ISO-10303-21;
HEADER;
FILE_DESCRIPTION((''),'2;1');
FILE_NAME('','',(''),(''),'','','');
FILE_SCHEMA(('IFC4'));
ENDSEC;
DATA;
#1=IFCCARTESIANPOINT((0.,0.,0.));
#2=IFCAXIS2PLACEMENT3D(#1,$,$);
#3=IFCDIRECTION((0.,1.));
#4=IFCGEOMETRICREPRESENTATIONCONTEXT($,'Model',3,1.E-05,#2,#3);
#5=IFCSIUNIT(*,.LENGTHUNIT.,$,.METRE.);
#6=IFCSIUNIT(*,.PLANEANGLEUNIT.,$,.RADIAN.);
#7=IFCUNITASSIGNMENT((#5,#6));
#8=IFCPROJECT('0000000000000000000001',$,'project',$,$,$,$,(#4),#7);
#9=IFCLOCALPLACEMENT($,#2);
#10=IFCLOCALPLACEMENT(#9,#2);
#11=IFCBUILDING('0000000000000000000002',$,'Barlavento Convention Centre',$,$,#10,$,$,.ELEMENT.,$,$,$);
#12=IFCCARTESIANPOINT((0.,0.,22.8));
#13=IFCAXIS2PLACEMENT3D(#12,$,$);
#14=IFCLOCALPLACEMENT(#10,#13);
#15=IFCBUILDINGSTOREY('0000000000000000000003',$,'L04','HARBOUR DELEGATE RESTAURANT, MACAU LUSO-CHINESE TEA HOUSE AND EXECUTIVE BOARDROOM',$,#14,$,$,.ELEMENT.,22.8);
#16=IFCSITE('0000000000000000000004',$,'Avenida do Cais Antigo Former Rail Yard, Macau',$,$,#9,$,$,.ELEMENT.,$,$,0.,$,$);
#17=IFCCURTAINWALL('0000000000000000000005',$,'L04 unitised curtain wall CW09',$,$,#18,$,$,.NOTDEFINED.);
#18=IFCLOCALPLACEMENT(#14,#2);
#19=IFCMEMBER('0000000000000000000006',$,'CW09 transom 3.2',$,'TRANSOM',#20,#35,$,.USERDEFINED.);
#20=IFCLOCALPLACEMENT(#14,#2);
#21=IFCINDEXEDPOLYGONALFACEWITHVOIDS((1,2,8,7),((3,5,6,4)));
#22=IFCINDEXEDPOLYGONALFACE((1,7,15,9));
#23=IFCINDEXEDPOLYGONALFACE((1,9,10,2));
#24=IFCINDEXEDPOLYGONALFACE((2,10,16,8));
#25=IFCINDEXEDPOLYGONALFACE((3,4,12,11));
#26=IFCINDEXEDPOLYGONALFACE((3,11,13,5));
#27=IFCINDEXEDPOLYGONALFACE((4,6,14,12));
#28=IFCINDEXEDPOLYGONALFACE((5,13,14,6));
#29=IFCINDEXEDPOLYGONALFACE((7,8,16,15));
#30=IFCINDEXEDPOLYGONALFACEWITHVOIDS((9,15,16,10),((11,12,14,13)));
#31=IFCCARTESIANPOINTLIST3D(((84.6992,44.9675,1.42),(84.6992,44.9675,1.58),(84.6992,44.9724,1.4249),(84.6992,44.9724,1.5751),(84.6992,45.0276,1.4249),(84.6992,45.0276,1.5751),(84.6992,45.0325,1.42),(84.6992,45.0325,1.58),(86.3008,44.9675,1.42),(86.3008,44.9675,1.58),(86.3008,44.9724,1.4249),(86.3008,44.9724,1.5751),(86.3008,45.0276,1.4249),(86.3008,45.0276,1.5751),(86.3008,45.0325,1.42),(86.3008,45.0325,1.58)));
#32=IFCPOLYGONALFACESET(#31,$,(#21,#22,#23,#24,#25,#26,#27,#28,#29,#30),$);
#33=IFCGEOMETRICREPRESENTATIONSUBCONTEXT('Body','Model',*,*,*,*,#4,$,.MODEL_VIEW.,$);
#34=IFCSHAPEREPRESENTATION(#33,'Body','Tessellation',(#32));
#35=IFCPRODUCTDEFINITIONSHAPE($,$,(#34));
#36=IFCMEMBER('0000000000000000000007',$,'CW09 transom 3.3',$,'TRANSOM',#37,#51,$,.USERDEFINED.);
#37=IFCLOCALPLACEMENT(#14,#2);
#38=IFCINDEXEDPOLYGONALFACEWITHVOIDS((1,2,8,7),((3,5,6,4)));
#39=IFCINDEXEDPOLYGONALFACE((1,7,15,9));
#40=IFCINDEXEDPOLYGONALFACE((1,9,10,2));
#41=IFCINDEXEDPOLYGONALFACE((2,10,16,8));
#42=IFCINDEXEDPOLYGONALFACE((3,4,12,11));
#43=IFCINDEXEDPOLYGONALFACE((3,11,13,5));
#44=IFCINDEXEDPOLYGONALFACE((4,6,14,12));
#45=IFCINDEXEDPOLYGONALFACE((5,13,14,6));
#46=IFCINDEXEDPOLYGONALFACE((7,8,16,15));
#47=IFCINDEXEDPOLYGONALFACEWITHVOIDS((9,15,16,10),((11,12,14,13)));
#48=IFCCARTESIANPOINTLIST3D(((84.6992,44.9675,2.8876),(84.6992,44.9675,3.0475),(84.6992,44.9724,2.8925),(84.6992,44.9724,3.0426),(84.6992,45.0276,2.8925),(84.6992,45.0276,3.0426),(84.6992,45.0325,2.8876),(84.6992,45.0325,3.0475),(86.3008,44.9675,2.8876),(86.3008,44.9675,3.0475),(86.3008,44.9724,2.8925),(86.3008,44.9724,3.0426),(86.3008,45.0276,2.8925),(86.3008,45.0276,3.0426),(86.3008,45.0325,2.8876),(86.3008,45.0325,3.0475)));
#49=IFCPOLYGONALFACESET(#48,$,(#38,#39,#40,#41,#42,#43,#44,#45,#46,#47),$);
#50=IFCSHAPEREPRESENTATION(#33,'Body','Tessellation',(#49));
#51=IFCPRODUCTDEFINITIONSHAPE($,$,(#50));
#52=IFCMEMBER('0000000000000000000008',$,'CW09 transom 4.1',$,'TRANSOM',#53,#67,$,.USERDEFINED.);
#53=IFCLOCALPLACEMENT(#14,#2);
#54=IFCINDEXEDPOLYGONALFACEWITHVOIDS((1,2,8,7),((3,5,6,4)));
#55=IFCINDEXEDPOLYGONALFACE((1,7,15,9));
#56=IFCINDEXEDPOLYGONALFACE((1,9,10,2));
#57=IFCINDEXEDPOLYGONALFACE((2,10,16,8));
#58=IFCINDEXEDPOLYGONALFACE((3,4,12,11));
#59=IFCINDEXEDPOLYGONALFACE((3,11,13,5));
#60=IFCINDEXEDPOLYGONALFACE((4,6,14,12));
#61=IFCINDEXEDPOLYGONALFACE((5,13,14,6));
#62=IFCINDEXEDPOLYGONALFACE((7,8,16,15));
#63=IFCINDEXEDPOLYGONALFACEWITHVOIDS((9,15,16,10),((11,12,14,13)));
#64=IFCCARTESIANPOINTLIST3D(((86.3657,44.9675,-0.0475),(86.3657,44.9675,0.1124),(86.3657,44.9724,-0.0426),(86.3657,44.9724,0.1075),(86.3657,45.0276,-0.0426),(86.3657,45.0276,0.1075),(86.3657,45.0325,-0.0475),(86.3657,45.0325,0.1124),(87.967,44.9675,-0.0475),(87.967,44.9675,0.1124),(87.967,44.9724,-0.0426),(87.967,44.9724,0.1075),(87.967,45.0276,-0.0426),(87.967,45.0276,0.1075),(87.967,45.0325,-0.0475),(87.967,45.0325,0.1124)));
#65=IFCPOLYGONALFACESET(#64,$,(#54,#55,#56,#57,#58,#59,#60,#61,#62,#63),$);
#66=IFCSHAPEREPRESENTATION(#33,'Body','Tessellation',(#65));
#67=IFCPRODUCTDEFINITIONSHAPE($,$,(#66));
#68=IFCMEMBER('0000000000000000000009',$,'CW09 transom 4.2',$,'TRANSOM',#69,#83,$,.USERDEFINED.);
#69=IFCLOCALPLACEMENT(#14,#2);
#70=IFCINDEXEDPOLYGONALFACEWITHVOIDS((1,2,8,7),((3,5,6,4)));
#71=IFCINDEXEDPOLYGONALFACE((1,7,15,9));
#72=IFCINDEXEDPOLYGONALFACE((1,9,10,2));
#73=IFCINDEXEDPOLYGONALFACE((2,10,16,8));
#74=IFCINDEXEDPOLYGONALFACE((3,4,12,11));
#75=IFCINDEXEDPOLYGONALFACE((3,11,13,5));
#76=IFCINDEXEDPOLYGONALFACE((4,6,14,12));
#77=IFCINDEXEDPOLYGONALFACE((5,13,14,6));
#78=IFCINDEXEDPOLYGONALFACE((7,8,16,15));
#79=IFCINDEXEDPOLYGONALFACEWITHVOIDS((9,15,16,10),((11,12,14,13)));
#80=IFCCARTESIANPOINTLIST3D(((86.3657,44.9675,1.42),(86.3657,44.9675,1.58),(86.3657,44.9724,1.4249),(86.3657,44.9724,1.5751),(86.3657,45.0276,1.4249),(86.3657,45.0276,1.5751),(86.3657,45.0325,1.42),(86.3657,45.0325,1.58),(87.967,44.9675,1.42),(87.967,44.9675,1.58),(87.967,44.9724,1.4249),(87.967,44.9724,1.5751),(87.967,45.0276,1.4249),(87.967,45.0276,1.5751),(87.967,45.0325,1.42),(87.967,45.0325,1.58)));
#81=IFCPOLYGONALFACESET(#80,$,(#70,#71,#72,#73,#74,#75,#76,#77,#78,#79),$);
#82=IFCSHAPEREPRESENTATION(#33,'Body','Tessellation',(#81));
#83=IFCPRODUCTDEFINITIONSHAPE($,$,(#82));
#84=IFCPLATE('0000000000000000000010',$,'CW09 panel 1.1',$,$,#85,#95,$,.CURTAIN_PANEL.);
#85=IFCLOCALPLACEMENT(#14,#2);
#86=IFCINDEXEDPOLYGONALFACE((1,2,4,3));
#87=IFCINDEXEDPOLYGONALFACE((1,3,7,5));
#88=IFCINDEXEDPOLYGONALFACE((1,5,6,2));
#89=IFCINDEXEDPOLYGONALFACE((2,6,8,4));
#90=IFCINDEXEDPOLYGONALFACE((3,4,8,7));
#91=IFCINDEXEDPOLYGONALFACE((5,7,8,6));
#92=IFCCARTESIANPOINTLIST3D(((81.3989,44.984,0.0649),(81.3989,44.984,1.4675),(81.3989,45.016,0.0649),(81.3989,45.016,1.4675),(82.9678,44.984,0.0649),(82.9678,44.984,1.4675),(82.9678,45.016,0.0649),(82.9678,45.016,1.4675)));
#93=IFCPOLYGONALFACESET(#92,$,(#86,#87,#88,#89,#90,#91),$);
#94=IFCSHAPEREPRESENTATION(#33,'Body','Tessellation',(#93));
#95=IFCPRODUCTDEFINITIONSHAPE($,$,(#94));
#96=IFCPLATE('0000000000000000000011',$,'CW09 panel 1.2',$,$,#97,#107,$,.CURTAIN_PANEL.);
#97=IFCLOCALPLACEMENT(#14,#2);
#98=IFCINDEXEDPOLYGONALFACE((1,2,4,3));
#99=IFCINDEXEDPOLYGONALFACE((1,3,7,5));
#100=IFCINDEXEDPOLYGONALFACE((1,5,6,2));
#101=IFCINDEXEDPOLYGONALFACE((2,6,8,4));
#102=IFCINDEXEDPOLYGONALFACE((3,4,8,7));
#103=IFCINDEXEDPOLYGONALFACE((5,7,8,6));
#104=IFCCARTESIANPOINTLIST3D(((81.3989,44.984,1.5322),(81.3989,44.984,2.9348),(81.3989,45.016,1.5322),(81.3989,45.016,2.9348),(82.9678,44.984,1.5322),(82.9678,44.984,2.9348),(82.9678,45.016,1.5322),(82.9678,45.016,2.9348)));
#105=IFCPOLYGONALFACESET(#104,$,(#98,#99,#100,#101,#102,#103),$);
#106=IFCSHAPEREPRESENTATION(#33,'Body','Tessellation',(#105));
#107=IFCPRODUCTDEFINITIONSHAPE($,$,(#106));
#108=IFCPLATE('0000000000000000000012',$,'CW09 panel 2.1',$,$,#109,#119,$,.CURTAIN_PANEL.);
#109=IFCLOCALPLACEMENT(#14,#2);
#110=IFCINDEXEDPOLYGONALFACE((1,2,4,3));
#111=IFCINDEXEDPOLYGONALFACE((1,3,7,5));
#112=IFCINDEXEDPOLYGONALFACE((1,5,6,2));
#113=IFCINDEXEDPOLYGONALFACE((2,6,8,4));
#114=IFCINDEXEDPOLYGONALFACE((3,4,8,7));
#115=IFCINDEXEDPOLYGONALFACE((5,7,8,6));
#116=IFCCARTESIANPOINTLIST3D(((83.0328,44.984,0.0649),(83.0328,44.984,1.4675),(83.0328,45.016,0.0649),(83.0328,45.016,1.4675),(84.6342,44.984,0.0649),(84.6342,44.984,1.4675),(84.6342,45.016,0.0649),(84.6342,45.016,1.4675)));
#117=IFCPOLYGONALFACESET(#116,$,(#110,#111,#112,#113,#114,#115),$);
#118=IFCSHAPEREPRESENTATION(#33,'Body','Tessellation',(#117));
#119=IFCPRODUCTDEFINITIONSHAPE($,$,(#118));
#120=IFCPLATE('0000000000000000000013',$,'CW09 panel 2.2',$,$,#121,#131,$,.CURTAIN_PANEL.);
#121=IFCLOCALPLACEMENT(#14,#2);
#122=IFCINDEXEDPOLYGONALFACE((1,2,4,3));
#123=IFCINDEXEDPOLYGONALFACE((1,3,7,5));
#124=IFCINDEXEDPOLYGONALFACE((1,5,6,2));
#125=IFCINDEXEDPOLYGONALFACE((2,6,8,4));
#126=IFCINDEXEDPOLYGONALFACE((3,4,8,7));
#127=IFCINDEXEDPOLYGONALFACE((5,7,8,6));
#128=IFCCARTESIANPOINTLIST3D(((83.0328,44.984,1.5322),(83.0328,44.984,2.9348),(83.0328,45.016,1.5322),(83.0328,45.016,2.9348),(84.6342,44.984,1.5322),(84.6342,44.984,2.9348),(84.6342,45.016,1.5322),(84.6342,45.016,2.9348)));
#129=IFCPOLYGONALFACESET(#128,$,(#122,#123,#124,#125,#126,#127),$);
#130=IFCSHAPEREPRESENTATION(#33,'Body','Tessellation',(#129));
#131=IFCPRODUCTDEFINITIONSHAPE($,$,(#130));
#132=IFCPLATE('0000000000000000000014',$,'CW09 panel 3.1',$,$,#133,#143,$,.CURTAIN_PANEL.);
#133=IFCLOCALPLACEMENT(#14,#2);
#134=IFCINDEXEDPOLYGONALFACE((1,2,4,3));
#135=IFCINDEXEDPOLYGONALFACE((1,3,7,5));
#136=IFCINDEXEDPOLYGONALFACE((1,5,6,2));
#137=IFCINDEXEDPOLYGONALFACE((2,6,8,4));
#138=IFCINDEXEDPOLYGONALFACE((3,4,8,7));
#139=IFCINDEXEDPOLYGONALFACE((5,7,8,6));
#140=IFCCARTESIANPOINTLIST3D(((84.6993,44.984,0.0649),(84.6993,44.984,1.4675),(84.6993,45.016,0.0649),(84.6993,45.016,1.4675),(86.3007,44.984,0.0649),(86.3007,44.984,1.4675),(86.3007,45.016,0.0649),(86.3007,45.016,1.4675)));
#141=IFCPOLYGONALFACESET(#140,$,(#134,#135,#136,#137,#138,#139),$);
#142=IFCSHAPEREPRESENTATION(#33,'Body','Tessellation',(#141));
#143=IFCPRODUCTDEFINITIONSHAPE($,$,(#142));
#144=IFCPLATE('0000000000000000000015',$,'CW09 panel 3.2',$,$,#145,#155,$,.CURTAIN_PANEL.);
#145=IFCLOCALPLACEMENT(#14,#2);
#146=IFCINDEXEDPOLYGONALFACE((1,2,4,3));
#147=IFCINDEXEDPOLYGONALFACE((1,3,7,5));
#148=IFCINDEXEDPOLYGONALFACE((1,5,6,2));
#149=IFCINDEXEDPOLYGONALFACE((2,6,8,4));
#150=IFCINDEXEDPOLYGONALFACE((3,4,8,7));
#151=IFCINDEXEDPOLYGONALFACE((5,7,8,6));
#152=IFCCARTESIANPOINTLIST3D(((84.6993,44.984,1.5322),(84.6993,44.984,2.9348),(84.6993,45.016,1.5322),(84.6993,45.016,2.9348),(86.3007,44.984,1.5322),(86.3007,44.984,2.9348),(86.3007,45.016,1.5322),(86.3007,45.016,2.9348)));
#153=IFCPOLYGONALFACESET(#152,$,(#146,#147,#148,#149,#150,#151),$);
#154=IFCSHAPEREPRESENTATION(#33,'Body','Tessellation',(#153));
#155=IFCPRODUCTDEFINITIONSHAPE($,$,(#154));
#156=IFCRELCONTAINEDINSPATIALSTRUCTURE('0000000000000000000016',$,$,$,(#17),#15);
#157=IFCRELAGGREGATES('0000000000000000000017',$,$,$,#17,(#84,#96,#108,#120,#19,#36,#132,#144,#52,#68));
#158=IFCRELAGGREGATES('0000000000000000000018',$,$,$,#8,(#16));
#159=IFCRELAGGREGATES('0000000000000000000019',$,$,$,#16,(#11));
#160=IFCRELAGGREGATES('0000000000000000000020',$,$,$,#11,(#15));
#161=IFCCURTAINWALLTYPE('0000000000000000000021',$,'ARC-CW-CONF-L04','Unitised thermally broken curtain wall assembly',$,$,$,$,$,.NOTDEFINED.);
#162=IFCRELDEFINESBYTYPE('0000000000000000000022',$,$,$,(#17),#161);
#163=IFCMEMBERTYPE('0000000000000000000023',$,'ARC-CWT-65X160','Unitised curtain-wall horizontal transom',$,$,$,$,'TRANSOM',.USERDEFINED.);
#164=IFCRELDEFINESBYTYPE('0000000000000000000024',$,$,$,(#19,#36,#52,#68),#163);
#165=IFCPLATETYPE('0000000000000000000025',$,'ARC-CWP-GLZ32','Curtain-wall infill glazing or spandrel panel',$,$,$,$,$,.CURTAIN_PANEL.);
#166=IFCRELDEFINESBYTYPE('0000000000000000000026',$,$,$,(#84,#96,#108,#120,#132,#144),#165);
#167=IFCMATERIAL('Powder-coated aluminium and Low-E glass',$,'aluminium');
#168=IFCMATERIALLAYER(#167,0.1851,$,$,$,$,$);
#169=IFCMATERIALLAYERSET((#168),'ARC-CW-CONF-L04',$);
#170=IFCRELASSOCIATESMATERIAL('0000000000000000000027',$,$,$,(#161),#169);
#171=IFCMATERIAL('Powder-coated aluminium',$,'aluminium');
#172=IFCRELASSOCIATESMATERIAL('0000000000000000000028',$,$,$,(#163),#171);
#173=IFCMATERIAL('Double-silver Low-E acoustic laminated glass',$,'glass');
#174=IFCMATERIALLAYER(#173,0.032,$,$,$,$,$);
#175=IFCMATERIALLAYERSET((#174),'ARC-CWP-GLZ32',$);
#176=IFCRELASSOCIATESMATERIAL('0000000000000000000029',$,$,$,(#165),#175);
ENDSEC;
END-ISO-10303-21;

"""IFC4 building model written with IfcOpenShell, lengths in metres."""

from ifc_helpers import new_model, si_unit, direction, frame, origin, origin_2d, place, context, subcontext, project, spatial, rectangle, hollow_rectangle, extrude, material, layer, layer_set, material_profile, profile_set, type_object, element, aggregate, save


model = new_model("IFC4")

# Units and contexts
model_context = context("Model", 3, precision=1e-05, world=origin(), true_north=direction((0.0, 1.0)))
body_context = subcontext(model_context, "Body", "Model", "MODEL_VIEW")
ifc_project = project(units=[si_unit("LENGTHUNIT", "METRE"), si_unit("PLANEANGLEUNIT", "RADIAN")], contexts=[model_context])

# Site, building, storey
site_placement = place(None, origin())
site = spatial("IfcSite", under=ifc_project, at=site_placement, Name="Avenida do Cais Antigo Former Rail Yard, Macau", CompositionType="ELEMENT", RefElevation=0.0)
building_placement = place(site_placement, origin())
building = spatial("IfcBuilding", under=site, at=building_placement, Name="Barlavento Convention Centre", CompositionType="ELEMENT")
storey_placement = place(building_placement, frame((0.0, 0.0, 22.8)))
storey = spatial("IfcBuildingStorey", under=building, at=storey_placement, Name="L04", Description="HARBOUR DELEGATE RESTAURANT, MACAU LUSO-CHINESE TEA HOUSE AND EXECUTIVE BOARDROOM", CompositionType="ELEMENT", Elevation=22.8)

# Curtain wall, members, plates
ifc_material_1 = material(Name="Powder-coated aluminium and Low-E glass", Category="aluminium")
ifc_layer_1 = layer(ifc_material_1, 0.1851)
ifc_layer_set_1 = layer_set([ifc_layer_1], Name="ARC-CW-CONF-L04")
curtain_wall_type = type_object("IfcCurtainWallType", Name="ARC-CW-CONF-L04", Description="Unitised thermally broken curtain wall assembly", PredefinedType="NOTDEFINED", material=ifc_layer_set_1)
curtain_wall_placement = place(storey_placement, origin())
curtain_wall = element("IfcCurtainWall", 1, at=curtain_wall_placement, inside=storey, type_object=curtain_wall_type, Name="L04 unitised curtain wall CW09", PredefinedType="NOTDEFINED")
ifc_material_2 = material(Name="Powder-coated aluminium", Category="aluminium")
ifc_material_profile_1 = material_profile(ifc_material_2, hollow_rectangle(XDim=0.0649, YDim=0.1599, WallThickness=0.0049, at=origin_2d()), Name="AL-TRAN 65x160x5")
ifc_profile_set_1 = profile_set([ifc_material_profile_1], Name="Powder-coated aluminium")
member_type_1 = type_object("IfcMemberType", Name="ARC-CWT-65X160", Description="Unitised curtain-wall horizontal transom", ElementType="TRANSOM", PredefinedType="USERDEFINED", material=ifc_profile_set_1)
member_1_placement = place(storey_placement, frame((84.6992, 45.0, 1.5), z_axis=(1.0, 0.0, 0.0), x_axis=(0.0, 1.0, 0.0)))
member_1 = element("IfcMember", 2, at=member_1_placement, type_object=member_type_1, Name="CW09 transom 3.2", ObjectType="TRANSOM", PredefinedType="USERDEFINED", context=body_context, shape_type="SweptSolid", body=[
    extrude(hollow_rectangle(XDim=0.0649, YDim=0.1599, WallThickness=0.0049, at=origin_2d()), origin(), (0.0, 0.0, 1.0), 1.6016),
])
member_2_placement = place(storey_placement, frame((84.6992, 45.0, 2.9675), z_axis=(1.0, 0.0, 0.0), x_axis=(0.0, 1.0, 0.0)))
member_2 = element("IfcMember", 3, at=member_2_placement, type_object=member_type_1, Name="CW09 transom 3.3", ObjectType="TRANSOM", PredefinedType="USERDEFINED", context=body_context, shape_type="SweptSolid", body=[
    extrude(hollow_rectangle(XDim=0.0649, YDim=0.1599, WallThickness=0.0049, at=origin_2d()), origin(), (0.0, 0.0, 1.0), 1.6016),
])
member_3_placement = place(storey_placement, frame((86.3657, 45.0, 0.0325), z_axis=(1.0, 0.0, 0.0), x_axis=(0.0, 1.0, 0.0)))
member_3 = element("IfcMember", 4, at=member_3_placement, type_object=member_type_1, Name="CW09 transom 4.1", ObjectType="TRANSOM", PredefinedType="USERDEFINED", context=body_context, shape_type="SweptSolid", body=[
    extrude(hollow_rectangle(XDim=0.0649, YDim=0.1599, WallThickness=0.0049, at=origin_2d()), origin(), (0.0, 0.0, 1.0), 1.6013),
])
member_4_placement = place(storey_placement, frame((86.3657, 45.0, 1.5), z_axis=(1.0, 0.0, 0.0), x_axis=(0.0, 1.0, 0.0)))
member_4 = element("IfcMember", 5, at=member_4_placement, type_object=member_type_1, Name="CW09 transom 4.2", ObjectType="TRANSOM", PredefinedType="USERDEFINED", context=body_context, shape_type="SweptSolid", body=[
    extrude(hollow_rectangle(XDim=0.0649, YDim=0.1599, WallThickness=0.0049, at=origin_2d()), origin(), (0.0, 0.0, 1.0), 1.6013),
])
ifc_material_3 = material(Name="Double-silver Low-E acoustic laminated glass", Category="glass")
ifc_layer_2 = layer(ifc_material_3, 0.032)
ifc_layer_set_2 = layer_set([ifc_layer_2], Name="ARC-CWP-GLZ32")
plate_type = type_object("IfcPlateType", Name="ARC-CWP-GLZ32", Description="Curtain-wall infill glazing or spandrel panel", PredefinedType="CURTAIN_PANEL", material=ifc_layer_set_2)
plate_1_placement = place(storey_placement, frame((82.1833, 45.0, 0.0649), z_axis=(0.0, 0.0, 1.0), x_axis=(1.0, 0.0, 0.0)))
plate_1 = element("IfcPlate", 6, at=plate_1_placement, type_object=plate_type, Name="CW09 panel 1.1", PredefinedType="CURTAIN_PANEL", context=body_context, shape_type="SweptSolid", body=[
    extrude(rectangle(XDim=1.5688, YDim=0.032, at=origin_2d()), origin(), (0.0, 0.0, 1.0), 1.4026),
])
plate_2_placement = place(storey_placement, frame((82.1833, 45.0, 1.5322), z_axis=(0.0, 0.0, 1.0), x_axis=(1.0, 0.0, 0.0)))
plate_2 = element("IfcPlate", 7, at=plate_2_placement, type_object=plate_type, Name="CW09 panel 1.2", PredefinedType="CURTAIN_PANEL", context=body_context, shape_type="SweptSolid", body=[
    extrude(rectangle(XDim=1.5688, YDim=0.032, at=origin_2d()), origin(), (0.0, 0.0, 1.0), 1.4026),
])
plate_3_placement = place(storey_placement, frame((83.8335, 45.0, 0.0649), z_axis=(0.0, 0.0, 1.0), x_axis=(1.0, 0.0, 0.0)))
plate_3 = element("IfcPlate", 8, at=plate_3_placement, type_object=plate_type, Name="CW09 panel 2.1", PredefinedType="CURTAIN_PANEL", context=body_context, shape_type="SweptSolid", body=[
    extrude(rectangle(XDim=1.6013, YDim=0.032, at=origin_2d()), origin(), (0.0, 0.0, 1.0), 1.4026),
])
plate_4_placement = place(storey_placement, frame((83.8335, 45.0, 1.5322), z_axis=(0.0, 0.0, 1.0), x_axis=(1.0, 0.0, 0.0)))
plate_4 = element("IfcPlate", 9, at=plate_4_placement, type_object=plate_type, Name="CW09 panel 2.2", PredefinedType="CURTAIN_PANEL", context=body_context, shape_type="SweptSolid", body=[
    extrude(rectangle(XDim=1.6013, YDim=0.032, at=origin_2d()), origin(), (0.0, 0.0, 1.0), 1.4026),
])
plate_5_placement = place(storey_placement, frame((85.5, 45.0, 0.0649), z_axis=(0.0, 0.0, 1.0), x_axis=(1.0, 0.0, 0.0)))
plate_5 = element("IfcPlate", 10, at=plate_5_placement, type_object=plate_type, Name="CW09 panel 3.1", PredefinedType="CURTAIN_PANEL", context=body_context, shape_type="SweptSolid", body=[
    extrude(rectangle(XDim=1.6013, YDim=0.032, at=origin_2d()), origin(), (0.0, 0.0, 1.0), 1.4026),
])
plate_6_placement = place(storey_placement, frame((85.5, 45.0, 1.5322), z_axis=(0.0, 0.0, 1.0), x_axis=(1.0, 0.0, 0.0)))
plate_6 = element("IfcPlate", 11, at=plate_6_placement, type_object=plate_type, Name="CW09 panel 3.2", PredefinedType="CURTAIN_PANEL", context=body_context, shape_type="SweptSolid", body=[
    extrude(rectangle(XDim=1.6013, YDim=0.032, at=origin_2d()), origin(), (0.0, 0.0, 1.0), 1.4026),
])
aggregate(curtain_wall, [plate_1, plate_2, plate_3, plate_4, member_1, member_2, plate_5, plate_6, member_3, member_4])

save(model, "model.ifc")
